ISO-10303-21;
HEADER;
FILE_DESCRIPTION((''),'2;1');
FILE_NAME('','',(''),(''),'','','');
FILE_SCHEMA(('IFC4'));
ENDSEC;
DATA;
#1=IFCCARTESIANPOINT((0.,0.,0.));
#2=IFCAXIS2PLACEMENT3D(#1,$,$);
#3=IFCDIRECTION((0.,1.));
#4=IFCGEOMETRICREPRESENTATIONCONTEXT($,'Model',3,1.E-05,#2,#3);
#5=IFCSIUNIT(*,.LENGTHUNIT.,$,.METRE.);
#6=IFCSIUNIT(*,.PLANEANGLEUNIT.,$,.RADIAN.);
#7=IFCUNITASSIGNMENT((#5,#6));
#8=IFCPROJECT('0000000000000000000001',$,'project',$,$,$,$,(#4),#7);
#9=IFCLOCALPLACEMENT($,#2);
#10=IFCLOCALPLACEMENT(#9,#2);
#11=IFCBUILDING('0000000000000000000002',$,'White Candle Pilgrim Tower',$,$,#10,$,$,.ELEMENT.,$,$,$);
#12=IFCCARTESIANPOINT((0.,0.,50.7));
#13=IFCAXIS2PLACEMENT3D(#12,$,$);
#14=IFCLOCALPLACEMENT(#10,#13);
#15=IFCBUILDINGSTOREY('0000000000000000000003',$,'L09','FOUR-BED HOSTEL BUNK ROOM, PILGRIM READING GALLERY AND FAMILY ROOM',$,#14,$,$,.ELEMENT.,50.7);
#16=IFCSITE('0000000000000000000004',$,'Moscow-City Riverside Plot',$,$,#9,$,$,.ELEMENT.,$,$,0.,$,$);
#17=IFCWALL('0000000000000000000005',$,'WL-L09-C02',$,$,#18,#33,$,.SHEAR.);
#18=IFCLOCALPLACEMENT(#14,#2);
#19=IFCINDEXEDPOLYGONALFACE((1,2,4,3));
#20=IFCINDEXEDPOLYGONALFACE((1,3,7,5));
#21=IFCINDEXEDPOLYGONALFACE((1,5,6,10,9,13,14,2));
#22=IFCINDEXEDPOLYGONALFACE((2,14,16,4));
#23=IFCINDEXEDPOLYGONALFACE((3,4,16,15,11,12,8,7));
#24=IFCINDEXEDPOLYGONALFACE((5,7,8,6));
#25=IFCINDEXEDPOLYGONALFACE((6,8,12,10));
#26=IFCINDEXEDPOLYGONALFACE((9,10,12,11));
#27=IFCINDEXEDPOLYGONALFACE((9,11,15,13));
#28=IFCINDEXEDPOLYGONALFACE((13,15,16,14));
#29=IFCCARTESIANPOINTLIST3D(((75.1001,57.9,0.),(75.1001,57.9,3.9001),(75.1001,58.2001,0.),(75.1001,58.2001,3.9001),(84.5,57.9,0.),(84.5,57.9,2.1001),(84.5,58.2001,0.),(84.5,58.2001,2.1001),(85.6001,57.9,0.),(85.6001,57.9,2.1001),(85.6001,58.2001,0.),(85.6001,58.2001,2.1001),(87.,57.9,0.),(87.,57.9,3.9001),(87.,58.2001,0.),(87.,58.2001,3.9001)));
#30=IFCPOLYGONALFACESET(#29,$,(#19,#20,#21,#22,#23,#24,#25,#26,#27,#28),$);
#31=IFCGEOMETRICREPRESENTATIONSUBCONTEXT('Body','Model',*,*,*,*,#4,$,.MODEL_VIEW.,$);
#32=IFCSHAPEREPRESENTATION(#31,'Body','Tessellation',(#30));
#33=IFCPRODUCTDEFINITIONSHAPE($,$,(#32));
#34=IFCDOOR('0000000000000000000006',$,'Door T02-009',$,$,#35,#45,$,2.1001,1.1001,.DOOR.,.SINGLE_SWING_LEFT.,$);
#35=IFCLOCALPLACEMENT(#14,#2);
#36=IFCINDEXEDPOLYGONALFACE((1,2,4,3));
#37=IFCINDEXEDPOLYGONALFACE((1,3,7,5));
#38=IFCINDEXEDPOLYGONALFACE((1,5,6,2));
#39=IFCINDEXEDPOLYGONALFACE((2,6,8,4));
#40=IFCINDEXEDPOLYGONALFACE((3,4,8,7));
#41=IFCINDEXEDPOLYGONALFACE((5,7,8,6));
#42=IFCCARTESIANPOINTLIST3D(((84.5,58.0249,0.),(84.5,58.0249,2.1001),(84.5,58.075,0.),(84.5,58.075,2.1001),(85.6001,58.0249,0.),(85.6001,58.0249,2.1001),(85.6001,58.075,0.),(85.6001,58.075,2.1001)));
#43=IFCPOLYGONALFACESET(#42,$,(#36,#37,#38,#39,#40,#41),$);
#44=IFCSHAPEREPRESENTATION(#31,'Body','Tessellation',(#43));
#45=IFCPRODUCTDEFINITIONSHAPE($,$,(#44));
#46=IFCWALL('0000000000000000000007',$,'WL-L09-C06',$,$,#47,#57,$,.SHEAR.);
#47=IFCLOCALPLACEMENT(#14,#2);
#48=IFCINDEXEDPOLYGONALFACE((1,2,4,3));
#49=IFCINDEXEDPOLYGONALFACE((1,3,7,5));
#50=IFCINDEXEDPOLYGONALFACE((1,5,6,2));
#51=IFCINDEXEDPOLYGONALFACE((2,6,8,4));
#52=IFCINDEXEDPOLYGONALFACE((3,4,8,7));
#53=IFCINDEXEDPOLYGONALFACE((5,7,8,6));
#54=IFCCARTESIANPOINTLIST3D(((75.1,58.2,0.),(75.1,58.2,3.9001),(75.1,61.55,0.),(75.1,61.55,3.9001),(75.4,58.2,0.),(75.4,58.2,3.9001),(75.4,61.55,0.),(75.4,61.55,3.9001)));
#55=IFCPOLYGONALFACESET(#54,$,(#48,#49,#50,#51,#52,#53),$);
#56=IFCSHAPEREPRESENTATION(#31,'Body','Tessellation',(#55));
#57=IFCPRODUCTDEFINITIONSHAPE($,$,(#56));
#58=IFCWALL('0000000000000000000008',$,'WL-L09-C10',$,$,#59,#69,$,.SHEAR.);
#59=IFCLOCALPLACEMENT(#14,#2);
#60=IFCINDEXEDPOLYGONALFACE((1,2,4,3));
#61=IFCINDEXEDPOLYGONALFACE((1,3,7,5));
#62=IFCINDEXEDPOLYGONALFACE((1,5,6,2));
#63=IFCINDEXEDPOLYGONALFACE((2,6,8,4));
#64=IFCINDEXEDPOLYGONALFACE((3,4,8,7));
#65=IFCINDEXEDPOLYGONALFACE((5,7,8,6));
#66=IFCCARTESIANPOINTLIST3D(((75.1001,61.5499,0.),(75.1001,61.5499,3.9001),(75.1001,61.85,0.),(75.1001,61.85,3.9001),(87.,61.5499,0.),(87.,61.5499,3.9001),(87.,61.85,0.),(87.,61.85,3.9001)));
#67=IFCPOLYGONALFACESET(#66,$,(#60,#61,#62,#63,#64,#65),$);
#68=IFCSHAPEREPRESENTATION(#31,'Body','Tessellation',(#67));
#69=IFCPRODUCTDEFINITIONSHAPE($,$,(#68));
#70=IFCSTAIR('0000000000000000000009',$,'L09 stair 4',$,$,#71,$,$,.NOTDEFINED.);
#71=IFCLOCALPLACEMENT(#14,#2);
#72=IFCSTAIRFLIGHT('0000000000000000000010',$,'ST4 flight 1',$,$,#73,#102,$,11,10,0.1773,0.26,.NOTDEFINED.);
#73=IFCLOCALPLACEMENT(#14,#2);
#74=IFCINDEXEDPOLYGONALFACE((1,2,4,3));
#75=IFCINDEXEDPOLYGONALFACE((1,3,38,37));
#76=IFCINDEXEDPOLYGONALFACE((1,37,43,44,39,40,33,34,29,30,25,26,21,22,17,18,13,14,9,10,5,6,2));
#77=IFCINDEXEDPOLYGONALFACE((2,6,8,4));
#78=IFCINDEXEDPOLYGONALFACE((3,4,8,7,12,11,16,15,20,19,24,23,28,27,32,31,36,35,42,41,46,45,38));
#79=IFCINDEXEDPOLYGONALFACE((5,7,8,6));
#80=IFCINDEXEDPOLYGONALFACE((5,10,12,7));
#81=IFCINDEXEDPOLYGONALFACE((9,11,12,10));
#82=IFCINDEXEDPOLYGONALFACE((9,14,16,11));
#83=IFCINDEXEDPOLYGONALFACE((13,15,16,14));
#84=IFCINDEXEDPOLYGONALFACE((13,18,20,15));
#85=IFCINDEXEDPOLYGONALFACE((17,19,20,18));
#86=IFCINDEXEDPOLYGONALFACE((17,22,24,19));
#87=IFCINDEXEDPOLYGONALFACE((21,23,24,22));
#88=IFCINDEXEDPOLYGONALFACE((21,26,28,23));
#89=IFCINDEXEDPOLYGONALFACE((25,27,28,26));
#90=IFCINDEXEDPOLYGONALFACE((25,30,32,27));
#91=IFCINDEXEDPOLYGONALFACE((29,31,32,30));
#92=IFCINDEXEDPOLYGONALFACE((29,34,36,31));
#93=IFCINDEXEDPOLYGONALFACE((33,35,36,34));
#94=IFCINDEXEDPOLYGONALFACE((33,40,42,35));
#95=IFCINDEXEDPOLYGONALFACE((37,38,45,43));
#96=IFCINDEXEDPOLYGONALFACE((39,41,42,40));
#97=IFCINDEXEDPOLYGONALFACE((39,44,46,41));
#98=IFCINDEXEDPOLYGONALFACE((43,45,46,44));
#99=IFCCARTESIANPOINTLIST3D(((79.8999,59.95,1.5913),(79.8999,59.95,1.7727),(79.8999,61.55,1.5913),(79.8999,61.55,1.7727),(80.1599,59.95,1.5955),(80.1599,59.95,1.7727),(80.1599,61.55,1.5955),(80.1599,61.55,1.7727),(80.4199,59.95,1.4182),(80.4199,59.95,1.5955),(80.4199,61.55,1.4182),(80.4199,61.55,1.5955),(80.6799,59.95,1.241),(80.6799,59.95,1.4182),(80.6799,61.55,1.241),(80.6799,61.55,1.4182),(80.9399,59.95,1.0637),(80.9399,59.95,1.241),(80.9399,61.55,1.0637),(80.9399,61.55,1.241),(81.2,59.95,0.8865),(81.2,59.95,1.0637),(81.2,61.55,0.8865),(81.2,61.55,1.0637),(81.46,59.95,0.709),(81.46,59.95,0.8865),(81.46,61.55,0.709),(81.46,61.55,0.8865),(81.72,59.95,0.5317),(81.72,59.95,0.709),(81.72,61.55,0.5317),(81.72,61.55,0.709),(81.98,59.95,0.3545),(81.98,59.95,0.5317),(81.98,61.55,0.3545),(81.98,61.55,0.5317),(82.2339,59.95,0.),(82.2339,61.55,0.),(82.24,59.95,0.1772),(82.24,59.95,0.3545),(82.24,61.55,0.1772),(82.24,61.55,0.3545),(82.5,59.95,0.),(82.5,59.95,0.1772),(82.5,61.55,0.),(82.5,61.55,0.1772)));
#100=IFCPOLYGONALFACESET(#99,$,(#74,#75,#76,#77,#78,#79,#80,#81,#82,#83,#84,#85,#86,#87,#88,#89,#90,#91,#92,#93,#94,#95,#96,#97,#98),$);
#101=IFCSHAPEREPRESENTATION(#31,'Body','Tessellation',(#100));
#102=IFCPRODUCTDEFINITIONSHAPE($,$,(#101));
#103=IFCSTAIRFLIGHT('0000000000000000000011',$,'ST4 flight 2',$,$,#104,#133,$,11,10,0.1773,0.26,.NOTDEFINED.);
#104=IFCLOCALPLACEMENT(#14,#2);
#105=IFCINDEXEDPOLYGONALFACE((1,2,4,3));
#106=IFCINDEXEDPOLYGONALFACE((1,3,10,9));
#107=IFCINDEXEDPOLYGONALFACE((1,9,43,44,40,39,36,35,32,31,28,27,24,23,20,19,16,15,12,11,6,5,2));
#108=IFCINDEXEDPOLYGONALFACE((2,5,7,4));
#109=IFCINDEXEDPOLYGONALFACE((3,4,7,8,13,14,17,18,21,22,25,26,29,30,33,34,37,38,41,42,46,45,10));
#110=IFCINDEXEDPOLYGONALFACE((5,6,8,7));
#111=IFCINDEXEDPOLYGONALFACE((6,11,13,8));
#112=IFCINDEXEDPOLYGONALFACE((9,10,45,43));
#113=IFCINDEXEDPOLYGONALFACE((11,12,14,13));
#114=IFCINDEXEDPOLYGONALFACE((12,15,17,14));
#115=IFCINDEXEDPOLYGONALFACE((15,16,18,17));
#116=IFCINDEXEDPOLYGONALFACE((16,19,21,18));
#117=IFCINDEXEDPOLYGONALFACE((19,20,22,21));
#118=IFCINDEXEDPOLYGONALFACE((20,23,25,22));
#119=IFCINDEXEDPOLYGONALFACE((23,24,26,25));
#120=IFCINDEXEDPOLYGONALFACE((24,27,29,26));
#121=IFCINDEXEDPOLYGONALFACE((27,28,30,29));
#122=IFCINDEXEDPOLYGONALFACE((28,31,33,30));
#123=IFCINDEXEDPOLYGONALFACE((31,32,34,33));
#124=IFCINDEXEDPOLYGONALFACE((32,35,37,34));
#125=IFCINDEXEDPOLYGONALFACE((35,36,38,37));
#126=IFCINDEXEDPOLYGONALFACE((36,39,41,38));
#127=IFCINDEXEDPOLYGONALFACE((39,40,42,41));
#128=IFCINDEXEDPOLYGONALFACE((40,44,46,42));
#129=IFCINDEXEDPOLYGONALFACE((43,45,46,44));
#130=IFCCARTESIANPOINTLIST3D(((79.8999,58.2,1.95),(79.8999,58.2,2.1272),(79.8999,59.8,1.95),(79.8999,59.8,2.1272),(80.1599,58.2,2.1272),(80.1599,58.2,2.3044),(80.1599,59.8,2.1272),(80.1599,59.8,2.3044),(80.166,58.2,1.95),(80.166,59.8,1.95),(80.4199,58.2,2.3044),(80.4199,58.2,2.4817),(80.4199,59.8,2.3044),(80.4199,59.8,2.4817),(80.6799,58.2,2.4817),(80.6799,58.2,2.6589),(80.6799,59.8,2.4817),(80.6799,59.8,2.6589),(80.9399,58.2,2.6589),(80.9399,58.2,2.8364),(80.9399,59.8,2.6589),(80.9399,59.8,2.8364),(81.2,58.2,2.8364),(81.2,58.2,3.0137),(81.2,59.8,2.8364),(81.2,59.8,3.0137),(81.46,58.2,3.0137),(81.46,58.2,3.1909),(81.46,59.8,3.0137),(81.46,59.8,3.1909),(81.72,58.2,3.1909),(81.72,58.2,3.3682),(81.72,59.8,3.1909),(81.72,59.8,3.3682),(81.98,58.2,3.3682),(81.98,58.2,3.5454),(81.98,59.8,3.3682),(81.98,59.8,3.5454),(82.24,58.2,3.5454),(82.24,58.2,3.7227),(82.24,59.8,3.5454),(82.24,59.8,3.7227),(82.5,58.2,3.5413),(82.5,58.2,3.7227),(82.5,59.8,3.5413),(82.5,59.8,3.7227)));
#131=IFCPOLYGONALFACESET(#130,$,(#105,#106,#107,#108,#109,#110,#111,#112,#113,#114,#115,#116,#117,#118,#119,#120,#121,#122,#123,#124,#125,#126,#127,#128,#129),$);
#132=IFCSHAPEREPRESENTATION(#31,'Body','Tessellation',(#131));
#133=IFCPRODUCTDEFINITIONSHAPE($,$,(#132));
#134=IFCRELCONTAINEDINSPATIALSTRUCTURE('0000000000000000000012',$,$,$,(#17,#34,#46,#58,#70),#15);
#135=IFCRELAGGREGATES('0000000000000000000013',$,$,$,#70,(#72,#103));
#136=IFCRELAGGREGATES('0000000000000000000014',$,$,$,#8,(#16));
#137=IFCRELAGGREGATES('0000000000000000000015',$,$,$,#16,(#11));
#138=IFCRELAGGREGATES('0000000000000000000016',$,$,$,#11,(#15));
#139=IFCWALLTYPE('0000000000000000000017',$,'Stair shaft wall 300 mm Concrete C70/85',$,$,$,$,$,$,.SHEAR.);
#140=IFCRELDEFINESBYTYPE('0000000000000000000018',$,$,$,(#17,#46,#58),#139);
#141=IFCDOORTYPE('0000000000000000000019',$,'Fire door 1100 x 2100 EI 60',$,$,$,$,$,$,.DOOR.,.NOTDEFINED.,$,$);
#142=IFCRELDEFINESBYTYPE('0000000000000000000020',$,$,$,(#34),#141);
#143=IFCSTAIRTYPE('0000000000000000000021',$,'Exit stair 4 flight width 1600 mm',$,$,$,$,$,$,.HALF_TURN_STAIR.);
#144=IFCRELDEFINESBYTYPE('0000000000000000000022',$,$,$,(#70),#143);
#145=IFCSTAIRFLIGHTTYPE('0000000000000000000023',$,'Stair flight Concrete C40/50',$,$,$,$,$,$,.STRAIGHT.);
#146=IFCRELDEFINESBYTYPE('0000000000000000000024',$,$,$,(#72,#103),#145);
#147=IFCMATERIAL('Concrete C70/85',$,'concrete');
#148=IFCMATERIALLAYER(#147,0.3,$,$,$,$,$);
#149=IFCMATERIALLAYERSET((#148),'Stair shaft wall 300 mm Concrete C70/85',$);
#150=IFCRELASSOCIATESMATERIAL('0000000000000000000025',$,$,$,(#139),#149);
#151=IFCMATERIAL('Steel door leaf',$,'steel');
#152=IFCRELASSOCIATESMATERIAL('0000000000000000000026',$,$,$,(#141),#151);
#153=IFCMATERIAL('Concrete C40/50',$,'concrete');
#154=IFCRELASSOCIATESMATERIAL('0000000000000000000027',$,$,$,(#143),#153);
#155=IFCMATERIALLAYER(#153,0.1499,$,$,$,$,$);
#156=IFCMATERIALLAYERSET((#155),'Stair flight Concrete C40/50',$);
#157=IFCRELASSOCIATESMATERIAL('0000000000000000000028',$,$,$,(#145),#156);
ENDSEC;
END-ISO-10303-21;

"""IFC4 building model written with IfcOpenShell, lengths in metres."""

from ifc_helpers import new_model, si_unit, direction, frame, frame_2d, origin, place, context, subcontext, project, spatial, polyline, rectangle, outline, extrude, material, layer, layer_set, type_object, element, fill, aggregate, save


model = new_model("IFC4")

# Units and contexts
model_context = context("Model", 3, precision=1e-05, world=origin(), true_north=direction((0.0, 1.0)))
body_context = subcontext(model_context, "Body", "Model", "MODEL_VIEW")
ifc_project = project(units=[si_unit("LENGTHUNIT", "METRE"), si_unit("PLANEANGLEUNIT", "RADIAN")], contexts=[model_context])

# Site, building, storey
site_placement = place(None, origin())
site = spatial("IfcSite", under=ifc_project, at=site_placement, Name="Moscow-City Riverside Plot", CompositionType="ELEMENT", RefElevation=0.0)
building_placement = place(site_placement, origin())
building = spatial("IfcBuilding", under=site, at=building_placement, Name="White Candle Pilgrim Tower", CompositionType="ELEMENT")
storey_placement = place(building_placement, frame((0.0, 0.0, 50.7)))
storey = spatial("IfcBuildingStorey", under=building, at=storey_placement, Name="L09", Description="FOUR-BED HOSTEL BUNK ROOM, PILGRIM READING GALLERY AND FAMILY ROOM", CompositionType="ELEMENT", Elevation=50.7)

# Wall, opening, door
ifc_material_1 = material(Name="Concrete C70/85", Category="concrete")
ifc_layer_1 = layer(ifc_material_1, 0.3)
ifc_layer_set_1 = layer_set([ifc_layer_1], Name="Stair shaft wall 300 mm Concrete C70/85")
wall_type_1 = type_object("IfcWallType", Name="Stair shaft wall 300 mm Concrete C70/85", PredefinedType="SHEAR", material=ifc_layer_set_1)
wall_1_placement = place(storey_placement, frame((75.1001, 58.05, 0.0), z_axis=(0.0, 0.0, 1.0), x_axis=(1.0, 0.0, 0.0)))
wall_1 = element("IfcWall", 1, at=wall_1_placement, inside=storey, type_object=wall_type_1, Name="WL-L09-C02", PredefinedType="SHEAR", context=body_context, shape_type="SweptSolid", body=[
    extrude(rectangle(XDim=11.8999, YDim=0.3, at=frame_2d((5.95, 0.0))), origin(), (0.0, 0.0, 1.0), 3.9001),
])
opening_placement = place(wall_1_placement, frame((9.3999, 0.0, 0.0)))
opening = element("IfcOpeningElement", 2, at=opening_placement, cuts=wall_1, PredefinedType="OPENING", context=body_context, shape_type="SweptSolid", body=[
    extrude(rectangle(XDim=1.1001, YDim=2.1001, at=frame_2d((0.55, 1.05))), frame((0.0, 0.1599, 0.0), z_axis=(0.0, -1.0, 0.0), x_axis=(1.0, 0.0, 0.0)), (0.0, 0.0, 1.0), 0.3201),
])
ifc_material_2 = material(Name="Steel door leaf", Category="steel")
door_type = type_object("IfcDoorType", Name="Fire door 1100 x 2100 EI 60", OperationType="NOTDEFINED", PredefinedType="DOOR", material=ifc_material_2)
door_placement = place(opening_placement, origin())
door = element("IfcDoor", 3, at=door_placement, inside=storey, type_object=door_type, Name="Door T02-009", OperationType="SINGLE_SWING_LEFT", OverallHeight=2.1001, OverallWidth=1.1001, PredefinedType="DOOR", context=body_context, shape_type="SweptSolid", body=[
    extrude(rectangle(XDim=1.1001, YDim=2.1001, at=frame_2d((0.55, 1.05))), frame((0.0, 0.0249, 0.0), z_axis=(0.0, -1.0, 0.0), x_axis=(1.0, 0.0, 0.0)), (0.0, 0.0, 1.0), 0.05),
])
fill(opening, door)

# Walls
wall_2_placement = place(storey_placement, frame((75.25, 58.2, 0.0), z_axis=(0.0, 0.0, 1.0), x_axis=(0.0, 1.0, 0.0)))
element("IfcWall", 4, at=wall_2_placement, inside=storey, type_object=wall_type_1, Name="WL-L09-C06", PredefinedType="SHEAR", context=body_context, shape_type="SweptSolid", body=[
    extrude(rectangle(XDim=3.3501, YDim=0.3, at=frame_2d((1.675, 0.0))), origin(), (0.0, 0.0, 1.0), 3.9001),
])
wall_3_placement = place(storey_placement, frame((75.1001, 61.7, 0.0), z_axis=(0.0, 0.0, 1.0), x_axis=(1.0, 0.0, 0.0)))
element("IfcWall", 5, at=wall_3_placement, inside=storey, type_object=wall_type_1, Name="WL-L09-C10", PredefinedType="SHEAR", context=body_context, shape_type="SweptSolid", body=[
    extrude(rectangle(XDim=11.8999, YDim=0.3, at=frame_2d((5.95, 0.0))), origin(), (0.0, 0.0, 1.0), 3.9001),
])

# Stair, stair flights
ifc_material_3 = material(Name="Concrete C40/50", Category="concrete")
stair_type = type_object("IfcStairType", Name="Exit stair 4 flight width 1600 mm", PredefinedType="HALF_TURN_STAIR", material=ifc_material_3)
stair_placement = place(storey_placement, origin())
stair = element("IfcStair", 6, at=stair_placement, inside=storey, type_object=stair_type, Name="L09 stair 4", PredefinedType="NOTDEFINED")
ifc_layer_2 = layer(ifc_material_3, 0.1499)
ifc_layer_set_2 = layer_set([ifc_layer_2], Name="Stair flight Concrete C40/50")
stair_flight_type = type_object("IfcStairFlightType", Name="Stair flight Concrete C40/50", PredefinedType="STRAIGHT", material=ifc_layer_set_2)
stair_flight_1_placement = place(storey_placement, frame((82.5, 60.75, 0.0), z_axis=(0.0, 0.0, 1.0), x_axis=(-1.0, 0.0, 0.0)))
stair_flight_1 = element("IfcStairFlight", 7, at=stair_flight_1_placement, type_object=stair_flight_type, Name="ST4 flight 1", NumberOfRisers=11, NumberOfTreads=10, PredefinedType="NOTDEFINED", RiserHeight=0.1773, TreadLength=0.26, context=body_context, shape_type="SweptSolid", body=[
    extrude(outline(polyline([(0.0, 0.0), (0.0, 0.1772), (0.26, 0.1772), (0.26, 0.3545), (0.52, 0.3545), (0.52, 0.5317), (0.78, 0.5317), (0.78, 0.709), (1.04, 0.709), (1.04, 0.8865), (1.3, 0.8865), (1.3, 1.0637), (1.5601, 1.0637), (1.5601, 1.241), (1.8201, 1.241), (1.8201, 1.4182), (2.0801, 1.4182), (2.0801, 1.5955), (2.3401, 1.5955), (2.3401, 1.7727), (2.6001, 1.7727), (2.6001, 1.95), (2.6001, 1.5913), (0.2661, 0.0), (0.0, 0.0)])), frame((0.0, 0.8, 0.0), z_axis=(0.0, -1.0, 0.0), x_axis=(1.0, 0.0, 0.0)), (0.0, 0.0, 1.0), 1.6001),
])
stair_flight_2_placement = place(storey_placement, frame((79.8999, 59.0, 1.95), z_axis=(0.0, 0.0, 1.0), x_axis=(1.0, 0.0, 0.0)))
stair_flight_2 = element("IfcStairFlight", 8, at=stair_flight_2_placement, type_object=stair_flight_type, Name="ST4 flight 2", NumberOfRisers=11, NumberOfTreads=10, PredefinedType="NOTDEFINED", RiserHeight=0.1773, TreadLength=0.26, context=body_context, shape_type="SweptSolid", body=[
    extrude(outline(polyline([(0.0, 0.0), (0.0, 0.1772), (0.26, 0.1772), (0.26, 0.3545), (0.52, 0.3545), (0.52, 0.5317), (0.78, 0.5317), (0.78, 0.709), (1.04, 0.709), (1.04, 0.8865), (1.3, 0.8865), (1.3, 1.0637), (1.5601, 1.0637), (1.5601, 1.241), (1.8201, 1.241), (1.8201, 1.4182), (2.0801, 1.4182), (2.0801, 1.5955), (2.3401, 1.5955), (2.3401, 1.7727), (2.6001, 1.7727), (2.6001, 1.95), (2.6001, 1.5913), (0.2661, 0.0), (0.0, 0.0)])), frame((0.0, 0.8, 0.0), z_axis=(0.0, -1.0, 0.0), x_axis=(1.0, 0.0, 0.0)), (0.0, 0.0, 1.0), 1.6001),
])
aggregate(stair, [stair_flight_1, stair_flight_2])

save(model, "model.ifc")
